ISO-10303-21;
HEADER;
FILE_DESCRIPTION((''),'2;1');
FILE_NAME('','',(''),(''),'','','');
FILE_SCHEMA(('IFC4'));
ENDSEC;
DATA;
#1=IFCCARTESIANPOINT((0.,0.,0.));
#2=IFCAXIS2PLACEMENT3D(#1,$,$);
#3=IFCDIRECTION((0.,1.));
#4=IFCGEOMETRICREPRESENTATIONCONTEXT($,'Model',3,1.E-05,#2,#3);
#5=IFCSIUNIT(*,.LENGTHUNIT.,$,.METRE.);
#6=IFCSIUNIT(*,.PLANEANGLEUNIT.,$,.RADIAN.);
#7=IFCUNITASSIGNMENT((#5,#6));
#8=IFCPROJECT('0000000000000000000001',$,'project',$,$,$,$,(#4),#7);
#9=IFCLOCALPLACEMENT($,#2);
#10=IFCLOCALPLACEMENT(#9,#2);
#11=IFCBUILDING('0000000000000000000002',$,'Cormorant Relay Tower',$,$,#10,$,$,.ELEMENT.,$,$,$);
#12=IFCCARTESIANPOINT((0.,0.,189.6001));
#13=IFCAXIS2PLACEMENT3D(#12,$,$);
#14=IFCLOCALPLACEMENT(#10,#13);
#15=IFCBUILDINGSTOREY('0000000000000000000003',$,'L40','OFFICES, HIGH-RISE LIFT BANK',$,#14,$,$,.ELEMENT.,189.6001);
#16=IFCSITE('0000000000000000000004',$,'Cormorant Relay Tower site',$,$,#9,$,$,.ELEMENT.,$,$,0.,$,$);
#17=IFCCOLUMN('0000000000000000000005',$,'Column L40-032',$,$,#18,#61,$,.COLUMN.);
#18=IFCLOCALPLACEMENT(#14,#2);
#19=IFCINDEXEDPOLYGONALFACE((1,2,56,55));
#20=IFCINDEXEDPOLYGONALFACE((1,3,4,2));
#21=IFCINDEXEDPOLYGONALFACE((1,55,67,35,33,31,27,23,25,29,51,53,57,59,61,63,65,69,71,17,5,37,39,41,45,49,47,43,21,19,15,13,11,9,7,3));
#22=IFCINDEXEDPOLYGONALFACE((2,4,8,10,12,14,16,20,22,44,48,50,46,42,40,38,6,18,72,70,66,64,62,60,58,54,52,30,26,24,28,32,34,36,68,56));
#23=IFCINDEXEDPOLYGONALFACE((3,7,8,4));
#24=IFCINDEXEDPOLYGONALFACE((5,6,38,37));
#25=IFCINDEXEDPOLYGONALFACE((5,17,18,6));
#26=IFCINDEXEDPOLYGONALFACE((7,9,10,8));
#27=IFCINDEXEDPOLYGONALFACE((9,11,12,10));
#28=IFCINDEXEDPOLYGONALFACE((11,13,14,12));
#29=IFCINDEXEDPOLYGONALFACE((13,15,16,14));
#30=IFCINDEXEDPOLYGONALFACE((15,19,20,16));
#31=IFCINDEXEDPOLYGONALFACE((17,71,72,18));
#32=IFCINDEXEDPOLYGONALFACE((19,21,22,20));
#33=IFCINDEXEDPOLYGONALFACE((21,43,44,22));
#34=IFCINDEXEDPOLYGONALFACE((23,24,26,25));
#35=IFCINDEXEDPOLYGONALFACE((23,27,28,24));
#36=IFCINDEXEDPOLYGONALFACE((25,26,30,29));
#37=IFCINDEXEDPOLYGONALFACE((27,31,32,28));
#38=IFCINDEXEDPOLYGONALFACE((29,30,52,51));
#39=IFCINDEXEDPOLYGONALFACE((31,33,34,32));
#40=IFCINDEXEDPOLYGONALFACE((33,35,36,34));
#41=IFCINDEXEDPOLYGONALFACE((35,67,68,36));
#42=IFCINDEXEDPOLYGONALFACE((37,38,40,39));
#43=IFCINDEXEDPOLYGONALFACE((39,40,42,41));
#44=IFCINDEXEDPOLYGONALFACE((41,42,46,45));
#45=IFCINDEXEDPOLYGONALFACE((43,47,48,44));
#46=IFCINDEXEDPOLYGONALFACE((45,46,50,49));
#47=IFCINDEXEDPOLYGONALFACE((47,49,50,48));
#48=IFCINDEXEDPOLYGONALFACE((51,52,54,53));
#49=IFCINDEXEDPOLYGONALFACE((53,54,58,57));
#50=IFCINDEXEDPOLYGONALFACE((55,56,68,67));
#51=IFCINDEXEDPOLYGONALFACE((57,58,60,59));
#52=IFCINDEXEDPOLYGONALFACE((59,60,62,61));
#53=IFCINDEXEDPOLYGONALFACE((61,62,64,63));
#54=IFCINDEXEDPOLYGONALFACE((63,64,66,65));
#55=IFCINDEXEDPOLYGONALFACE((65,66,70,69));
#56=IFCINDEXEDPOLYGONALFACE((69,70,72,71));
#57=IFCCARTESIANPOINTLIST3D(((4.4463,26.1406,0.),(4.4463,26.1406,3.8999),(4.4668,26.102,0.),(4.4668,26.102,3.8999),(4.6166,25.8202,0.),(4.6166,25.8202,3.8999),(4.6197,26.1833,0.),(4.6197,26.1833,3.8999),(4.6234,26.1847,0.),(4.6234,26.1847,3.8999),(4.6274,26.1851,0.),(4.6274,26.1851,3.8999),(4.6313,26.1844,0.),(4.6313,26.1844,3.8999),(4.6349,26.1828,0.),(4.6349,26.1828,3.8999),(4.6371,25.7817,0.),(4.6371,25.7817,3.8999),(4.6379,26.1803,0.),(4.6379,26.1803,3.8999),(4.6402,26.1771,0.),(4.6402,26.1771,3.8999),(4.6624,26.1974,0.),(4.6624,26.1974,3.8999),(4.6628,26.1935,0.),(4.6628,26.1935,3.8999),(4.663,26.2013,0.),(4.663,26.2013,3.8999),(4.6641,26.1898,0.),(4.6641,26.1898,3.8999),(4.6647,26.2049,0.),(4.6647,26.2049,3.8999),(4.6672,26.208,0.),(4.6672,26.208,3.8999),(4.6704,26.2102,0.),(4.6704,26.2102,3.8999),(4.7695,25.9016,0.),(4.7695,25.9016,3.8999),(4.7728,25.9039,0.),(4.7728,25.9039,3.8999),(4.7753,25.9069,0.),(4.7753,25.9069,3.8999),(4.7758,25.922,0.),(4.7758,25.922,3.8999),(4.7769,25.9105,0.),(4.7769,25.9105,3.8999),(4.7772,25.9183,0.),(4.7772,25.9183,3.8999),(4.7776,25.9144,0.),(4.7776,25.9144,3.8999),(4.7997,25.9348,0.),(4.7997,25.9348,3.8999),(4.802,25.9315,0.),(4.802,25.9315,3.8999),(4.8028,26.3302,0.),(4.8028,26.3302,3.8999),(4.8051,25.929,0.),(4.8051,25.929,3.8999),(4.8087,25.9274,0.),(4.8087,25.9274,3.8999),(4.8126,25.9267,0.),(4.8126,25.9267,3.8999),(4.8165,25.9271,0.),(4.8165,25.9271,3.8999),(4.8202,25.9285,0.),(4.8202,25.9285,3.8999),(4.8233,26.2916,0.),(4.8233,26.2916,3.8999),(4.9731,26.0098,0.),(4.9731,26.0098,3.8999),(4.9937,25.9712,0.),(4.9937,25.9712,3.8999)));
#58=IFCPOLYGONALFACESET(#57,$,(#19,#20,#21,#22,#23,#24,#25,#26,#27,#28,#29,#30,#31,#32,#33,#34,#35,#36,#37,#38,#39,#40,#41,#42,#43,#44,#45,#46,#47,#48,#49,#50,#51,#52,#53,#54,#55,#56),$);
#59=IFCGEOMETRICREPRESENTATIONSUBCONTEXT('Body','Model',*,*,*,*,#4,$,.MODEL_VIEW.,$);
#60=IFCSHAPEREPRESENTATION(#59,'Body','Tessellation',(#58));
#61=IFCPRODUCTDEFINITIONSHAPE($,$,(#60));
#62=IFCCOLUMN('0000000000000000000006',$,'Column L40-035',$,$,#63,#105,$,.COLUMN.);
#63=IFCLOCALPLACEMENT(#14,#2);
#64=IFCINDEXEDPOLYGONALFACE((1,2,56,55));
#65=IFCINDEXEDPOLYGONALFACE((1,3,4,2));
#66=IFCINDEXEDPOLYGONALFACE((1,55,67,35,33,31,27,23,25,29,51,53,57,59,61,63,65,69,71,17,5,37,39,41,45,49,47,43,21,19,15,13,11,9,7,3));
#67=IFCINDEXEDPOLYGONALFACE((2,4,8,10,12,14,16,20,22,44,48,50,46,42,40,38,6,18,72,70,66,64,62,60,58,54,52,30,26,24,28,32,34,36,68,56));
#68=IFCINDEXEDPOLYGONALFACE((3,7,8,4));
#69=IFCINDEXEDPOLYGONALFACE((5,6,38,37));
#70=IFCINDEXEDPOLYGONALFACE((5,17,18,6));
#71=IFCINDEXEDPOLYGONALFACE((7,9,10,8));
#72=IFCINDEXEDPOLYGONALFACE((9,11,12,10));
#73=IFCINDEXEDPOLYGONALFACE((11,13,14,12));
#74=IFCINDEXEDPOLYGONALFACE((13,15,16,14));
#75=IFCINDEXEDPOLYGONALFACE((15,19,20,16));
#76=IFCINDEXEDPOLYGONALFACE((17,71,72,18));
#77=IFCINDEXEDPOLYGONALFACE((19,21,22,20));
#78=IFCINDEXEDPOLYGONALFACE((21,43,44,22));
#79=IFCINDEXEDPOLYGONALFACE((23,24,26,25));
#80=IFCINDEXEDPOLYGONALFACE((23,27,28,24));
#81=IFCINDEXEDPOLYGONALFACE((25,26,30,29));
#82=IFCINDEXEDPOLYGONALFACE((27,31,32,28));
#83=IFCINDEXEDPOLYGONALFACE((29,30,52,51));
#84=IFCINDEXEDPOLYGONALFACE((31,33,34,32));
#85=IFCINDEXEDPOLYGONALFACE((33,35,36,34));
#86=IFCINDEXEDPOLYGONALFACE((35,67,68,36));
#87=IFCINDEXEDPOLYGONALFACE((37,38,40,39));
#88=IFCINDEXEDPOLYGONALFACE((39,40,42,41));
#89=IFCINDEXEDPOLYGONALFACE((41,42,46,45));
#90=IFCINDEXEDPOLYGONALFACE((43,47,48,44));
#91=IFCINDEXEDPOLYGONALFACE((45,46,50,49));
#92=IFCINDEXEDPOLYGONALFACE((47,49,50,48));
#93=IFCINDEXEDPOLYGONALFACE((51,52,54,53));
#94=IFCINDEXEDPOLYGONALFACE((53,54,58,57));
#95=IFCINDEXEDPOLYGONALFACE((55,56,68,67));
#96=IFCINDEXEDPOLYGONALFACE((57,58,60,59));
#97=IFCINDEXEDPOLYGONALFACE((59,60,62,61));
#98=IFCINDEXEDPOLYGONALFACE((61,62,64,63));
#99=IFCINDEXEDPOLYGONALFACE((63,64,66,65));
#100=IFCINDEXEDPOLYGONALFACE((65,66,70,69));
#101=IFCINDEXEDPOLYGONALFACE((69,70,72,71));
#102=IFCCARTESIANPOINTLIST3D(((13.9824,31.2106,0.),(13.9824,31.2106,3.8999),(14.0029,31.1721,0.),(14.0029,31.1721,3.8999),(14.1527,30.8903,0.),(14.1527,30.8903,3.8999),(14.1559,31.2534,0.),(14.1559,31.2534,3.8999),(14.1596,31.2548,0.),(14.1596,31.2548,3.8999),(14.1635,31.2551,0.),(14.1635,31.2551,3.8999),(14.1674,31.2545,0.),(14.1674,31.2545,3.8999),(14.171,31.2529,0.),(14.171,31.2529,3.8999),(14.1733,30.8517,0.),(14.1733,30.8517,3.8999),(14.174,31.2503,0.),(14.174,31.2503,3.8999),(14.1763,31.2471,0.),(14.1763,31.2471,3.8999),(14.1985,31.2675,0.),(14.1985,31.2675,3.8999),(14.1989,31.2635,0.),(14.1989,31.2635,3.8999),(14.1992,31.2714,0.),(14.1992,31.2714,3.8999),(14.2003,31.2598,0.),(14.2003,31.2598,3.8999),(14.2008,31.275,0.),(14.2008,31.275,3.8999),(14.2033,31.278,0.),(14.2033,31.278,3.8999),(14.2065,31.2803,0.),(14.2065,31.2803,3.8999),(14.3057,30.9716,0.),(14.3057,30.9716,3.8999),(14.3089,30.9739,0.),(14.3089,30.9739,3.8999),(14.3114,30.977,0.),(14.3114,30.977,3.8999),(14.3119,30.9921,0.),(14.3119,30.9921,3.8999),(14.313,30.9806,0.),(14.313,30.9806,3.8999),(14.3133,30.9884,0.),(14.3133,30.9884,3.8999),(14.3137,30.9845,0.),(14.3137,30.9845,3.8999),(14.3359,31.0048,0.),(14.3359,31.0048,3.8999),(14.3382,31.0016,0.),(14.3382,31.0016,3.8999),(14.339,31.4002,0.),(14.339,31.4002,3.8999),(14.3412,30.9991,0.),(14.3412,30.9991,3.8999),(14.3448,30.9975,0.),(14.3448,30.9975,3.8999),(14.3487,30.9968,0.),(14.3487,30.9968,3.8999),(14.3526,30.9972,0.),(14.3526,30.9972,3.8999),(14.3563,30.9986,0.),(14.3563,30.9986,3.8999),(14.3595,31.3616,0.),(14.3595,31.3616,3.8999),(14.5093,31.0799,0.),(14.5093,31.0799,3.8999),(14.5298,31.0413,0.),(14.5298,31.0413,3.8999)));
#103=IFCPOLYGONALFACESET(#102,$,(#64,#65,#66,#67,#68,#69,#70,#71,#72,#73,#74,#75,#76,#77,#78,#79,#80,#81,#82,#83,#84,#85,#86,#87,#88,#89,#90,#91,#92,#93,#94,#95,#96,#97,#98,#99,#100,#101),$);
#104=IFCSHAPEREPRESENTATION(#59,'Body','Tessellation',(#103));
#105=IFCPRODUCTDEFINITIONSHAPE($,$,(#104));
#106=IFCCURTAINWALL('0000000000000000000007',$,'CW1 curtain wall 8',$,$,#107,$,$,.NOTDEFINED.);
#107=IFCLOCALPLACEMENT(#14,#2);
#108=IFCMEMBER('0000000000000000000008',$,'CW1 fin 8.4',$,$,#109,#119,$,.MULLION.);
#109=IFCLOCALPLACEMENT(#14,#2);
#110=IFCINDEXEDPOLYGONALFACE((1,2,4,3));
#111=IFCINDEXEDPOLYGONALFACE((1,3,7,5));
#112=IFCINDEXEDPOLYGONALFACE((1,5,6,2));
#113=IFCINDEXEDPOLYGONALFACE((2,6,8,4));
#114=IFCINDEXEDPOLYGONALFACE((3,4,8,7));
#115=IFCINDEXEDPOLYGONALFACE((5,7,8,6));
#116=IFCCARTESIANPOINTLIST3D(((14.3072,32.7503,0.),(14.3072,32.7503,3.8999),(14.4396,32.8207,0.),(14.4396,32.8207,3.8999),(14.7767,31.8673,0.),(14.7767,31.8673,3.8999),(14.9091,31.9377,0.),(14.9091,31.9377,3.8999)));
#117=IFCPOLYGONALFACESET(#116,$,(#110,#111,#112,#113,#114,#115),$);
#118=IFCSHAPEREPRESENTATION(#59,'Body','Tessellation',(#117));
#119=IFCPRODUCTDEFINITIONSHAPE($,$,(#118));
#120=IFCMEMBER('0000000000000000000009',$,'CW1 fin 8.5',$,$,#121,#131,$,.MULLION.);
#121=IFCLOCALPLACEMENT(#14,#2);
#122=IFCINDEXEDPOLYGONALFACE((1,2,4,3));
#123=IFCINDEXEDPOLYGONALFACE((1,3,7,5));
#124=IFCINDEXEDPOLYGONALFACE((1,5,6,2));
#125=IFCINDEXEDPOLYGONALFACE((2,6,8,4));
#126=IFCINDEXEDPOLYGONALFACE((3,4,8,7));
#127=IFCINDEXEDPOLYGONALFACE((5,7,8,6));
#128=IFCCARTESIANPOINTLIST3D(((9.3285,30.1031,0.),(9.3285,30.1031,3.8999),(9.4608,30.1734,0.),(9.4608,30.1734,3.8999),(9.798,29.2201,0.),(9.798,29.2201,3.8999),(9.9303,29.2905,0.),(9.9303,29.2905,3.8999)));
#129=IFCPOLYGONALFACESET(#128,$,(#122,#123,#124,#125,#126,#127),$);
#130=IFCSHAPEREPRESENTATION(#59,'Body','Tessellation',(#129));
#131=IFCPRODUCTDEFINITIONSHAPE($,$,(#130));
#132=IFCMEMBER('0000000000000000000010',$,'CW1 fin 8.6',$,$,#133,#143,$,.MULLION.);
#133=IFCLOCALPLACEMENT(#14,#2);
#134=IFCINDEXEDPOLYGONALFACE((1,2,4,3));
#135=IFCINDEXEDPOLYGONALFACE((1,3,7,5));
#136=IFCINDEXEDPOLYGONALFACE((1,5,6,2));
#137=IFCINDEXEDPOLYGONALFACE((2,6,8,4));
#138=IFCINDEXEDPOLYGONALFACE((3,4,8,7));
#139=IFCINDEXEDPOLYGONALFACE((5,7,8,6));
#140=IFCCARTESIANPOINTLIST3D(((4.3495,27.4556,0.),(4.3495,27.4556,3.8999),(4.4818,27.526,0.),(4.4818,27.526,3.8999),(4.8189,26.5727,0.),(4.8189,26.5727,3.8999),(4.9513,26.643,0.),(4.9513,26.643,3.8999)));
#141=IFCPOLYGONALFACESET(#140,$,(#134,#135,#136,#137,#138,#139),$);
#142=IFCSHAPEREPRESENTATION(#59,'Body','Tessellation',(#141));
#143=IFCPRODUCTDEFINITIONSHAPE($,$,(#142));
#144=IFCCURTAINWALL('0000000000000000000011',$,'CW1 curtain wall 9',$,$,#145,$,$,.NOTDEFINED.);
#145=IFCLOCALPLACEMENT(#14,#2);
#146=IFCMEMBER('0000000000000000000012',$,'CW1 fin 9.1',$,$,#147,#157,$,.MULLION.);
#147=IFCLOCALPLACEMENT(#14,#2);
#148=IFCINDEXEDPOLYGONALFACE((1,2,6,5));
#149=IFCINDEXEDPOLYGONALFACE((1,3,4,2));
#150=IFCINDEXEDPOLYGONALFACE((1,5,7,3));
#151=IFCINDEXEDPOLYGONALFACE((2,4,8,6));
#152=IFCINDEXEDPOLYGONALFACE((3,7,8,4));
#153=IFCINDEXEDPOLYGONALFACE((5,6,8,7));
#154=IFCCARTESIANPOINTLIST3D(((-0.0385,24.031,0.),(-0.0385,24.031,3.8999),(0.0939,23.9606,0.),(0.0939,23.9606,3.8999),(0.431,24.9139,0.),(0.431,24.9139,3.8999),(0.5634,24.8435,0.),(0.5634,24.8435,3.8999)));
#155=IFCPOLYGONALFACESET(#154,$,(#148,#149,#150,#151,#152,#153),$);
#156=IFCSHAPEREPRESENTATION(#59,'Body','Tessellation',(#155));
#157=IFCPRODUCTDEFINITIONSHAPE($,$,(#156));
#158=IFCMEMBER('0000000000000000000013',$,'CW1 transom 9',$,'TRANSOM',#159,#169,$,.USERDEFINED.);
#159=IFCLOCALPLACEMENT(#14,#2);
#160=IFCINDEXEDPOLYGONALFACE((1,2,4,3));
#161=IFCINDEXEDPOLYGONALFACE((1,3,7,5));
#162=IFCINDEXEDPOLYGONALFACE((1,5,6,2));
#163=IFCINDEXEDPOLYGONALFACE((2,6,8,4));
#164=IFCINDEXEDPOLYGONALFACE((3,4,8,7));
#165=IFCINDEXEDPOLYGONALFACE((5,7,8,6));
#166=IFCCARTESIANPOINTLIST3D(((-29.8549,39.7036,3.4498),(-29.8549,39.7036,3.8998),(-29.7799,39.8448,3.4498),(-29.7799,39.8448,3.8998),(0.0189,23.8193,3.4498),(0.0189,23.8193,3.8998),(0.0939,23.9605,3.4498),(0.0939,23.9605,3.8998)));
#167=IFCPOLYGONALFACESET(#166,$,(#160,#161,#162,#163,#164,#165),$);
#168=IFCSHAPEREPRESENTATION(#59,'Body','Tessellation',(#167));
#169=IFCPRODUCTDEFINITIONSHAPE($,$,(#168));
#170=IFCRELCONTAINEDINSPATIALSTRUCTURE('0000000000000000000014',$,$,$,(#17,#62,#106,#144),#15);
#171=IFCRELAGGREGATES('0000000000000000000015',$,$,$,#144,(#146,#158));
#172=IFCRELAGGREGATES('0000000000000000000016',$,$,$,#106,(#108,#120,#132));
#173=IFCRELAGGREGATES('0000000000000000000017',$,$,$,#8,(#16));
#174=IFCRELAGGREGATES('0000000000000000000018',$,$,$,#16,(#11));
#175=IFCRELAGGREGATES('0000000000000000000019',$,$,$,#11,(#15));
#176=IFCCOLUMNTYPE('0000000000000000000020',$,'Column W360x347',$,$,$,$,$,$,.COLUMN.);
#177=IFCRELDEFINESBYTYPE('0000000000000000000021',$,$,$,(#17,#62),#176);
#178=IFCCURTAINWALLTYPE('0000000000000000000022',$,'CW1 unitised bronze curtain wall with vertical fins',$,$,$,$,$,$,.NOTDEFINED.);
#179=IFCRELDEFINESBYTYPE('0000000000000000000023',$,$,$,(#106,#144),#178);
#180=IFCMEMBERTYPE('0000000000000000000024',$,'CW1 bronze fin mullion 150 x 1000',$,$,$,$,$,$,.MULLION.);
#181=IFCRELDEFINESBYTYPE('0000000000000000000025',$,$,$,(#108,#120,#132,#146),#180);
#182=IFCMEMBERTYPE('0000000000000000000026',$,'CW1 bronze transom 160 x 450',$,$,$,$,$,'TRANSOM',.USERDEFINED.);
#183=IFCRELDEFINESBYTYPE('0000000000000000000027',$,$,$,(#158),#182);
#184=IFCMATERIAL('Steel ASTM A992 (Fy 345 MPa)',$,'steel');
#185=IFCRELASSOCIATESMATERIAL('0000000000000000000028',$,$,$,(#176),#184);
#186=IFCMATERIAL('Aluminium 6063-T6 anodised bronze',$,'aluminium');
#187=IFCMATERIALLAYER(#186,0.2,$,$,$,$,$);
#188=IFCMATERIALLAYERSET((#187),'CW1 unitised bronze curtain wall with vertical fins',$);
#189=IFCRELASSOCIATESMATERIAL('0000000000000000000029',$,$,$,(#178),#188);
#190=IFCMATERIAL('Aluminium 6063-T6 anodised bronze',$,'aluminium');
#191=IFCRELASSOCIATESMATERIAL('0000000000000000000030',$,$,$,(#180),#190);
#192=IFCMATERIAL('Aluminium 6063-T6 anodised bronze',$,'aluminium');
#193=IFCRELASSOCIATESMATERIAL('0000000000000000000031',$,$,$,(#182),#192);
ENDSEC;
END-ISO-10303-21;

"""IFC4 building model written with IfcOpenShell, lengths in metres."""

from ifc_helpers import new_model, si_unit, direction, frame, origin, origin_2d, place, context, subcontext, project, spatial, rectangle, i_section, extrude, material, layer, layer_set, material_profile, profile_set, type_object, element, aggregate, save


model = new_model("IFC4")

# Units and contexts
model_context = context("Model", 3, precision=1e-05, world=origin(), true_north=direction((0.0, 1.0)))
body_context = subcontext(model_context, "Body", "Model", "MODEL_VIEW")
ifc_project = project(units=[si_unit("LENGTHUNIT", "METRE"), si_unit("PLANEANGLEUNIT", "RADIAN")], contexts=[model_context])

# Site, building, storey
site_placement = place(None, origin())
site = spatial("IfcSite", under=ifc_project, at=site_placement, Name="Cormorant Relay Tower site", CompositionType="ELEMENT", RefElevation=0.0)
building_placement = place(site_placement, origin())
building = spatial("IfcBuilding", under=site, at=building_placement, Name="Cormorant Relay Tower", CompositionType="ELEMENT")
storey_placement = place(building_placement, frame((0.0, 0.0, 189.6001)))
storey = spatial("IfcBuildingStorey", under=building, at=storey_placement, Name="L40", Description="OFFICES, HIGH-RISE LIFT BANK", CompositionType="ELEMENT", Elevation=189.6001)

# Columns
ifc_material_1 = material(Name="Steel ASTM A992 (Fy 345 MPa)", Category="steel")
ifc_material_profile_1 = material_profile(ifc_material_1, i_section(OverallWidth=0.4038, OverallDepth=0.4065, WebThickness=0.0271, FlangeThickness=0.0437, FilletRadius=0.0151, at=origin_2d()), Name="W360x347")
ifc_profile_set_1 = profile_set([ifc_material_profile_1], Name="Steel ASTM A992 (Fy 345 MPa)")
column_type = type_object("IfcColumnType", Name="Column W360x347", PredefinedType="COLUMN", material=ifc_profile_set_1)
for number, where, z_axis, x_axis, name in (
    (1, (4.72, 26.0559, 0.0), (0.0, 0.0, 1.0), (-0.882948, -0.469472, 0.0), "Column L40-032"),
    (2, (14.2561, 31.126, 0.0), (0.0, 0.0, 1.0), (-0.882948, -0.469472, 0.0), "Column L40-035"),
):
    element("IfcColumn", number, at=place(storey_placement, frame(where, z_axis=z_axis, x_axis=x_axis)), inside=storey, type_object=column_type, Name=name, PredefinedType="COLUMN", context=body_context, shape_type="SweptSolid", body=[
        extrude(i_section(OverallWidth=0.4038, OverallDepth=0.4065, WebThickness=0.0271, FlangeThickness=0.0437, FilletRadius=0.0151, at=origin_2d()), origin(), (0.0, 0.0, 1.0), 3.8999),
    ])

# Curtain walls, members
ifc_material_2 = material(Name="Aluminium 6063-T6 anodised bronze", Category="aluminium")
ifc_layer_1 = layer(ifc_material_2, 0.2)
ifc_layer_set_1 = layer_set([ifc_layer_1], Name="CW1 unitised bronze curtain wall with vertical fins")
curtain_wall_type = type_object("IfcCurtainWallType", Name="CW1 unitised bronze curtain wall with vertical fins", PredefinedType="NOTDEFINED", material=ifc_layer_set_1)
curtain_wall_1_placement = place(storey_placement, origin())
curtain_wall_1 = element("IfcCurtainWall", 3, at=curtain_wall_1_placement, inside=storey, type_object=curtain_wall_type, Name="CW1 curtain wall 8", PredefinedType="NOTDEFINED")
ifc_material_3 = material(Name="Aluminium 6063-T6 anodised bronze", Category="aluminium")
ifc_material_profile_2 = material_profile(ifc_material_3, rectangle(XDim=0.1499, YDim=1.0, at=origin_2d()), Name="AL 150x1000")
ifc_profile_set_2 = profile_set([ifc_material_profile_2], Name="Aluminium 6063-T6 anodised bronze")
member_type_1 = type_object("IfcMemberType", Name="CW1 bronze fin mullion 150 x 1000", PredefinedType="MULLION", material=ifc_profile_set_2)
member_1_placement = place(storey_placement, frame((14.6082, 32.344, 0.0), z_axis=(0.0, 0.0, 1.0), x_axis=(-0.882948, -0.469472, 0.0)))
member_1 = element("IfcMember", 4, at=member_1_placement, type_object=member_type_1, Name="CW1 fin 8.4", PredefinedType="MULLION", context=body_context, shape_type="SweptSolid", body=[
    extrude(rectangle(XDim=0.1499, YDim=1.0, at=origin_2d()), origin(), (0.0, 0.0, 1.0), 3.8999),
])
member_2_placement = place(storey_placement, frame((9.6294, 29.6968, 0.0), z_axis=(0.0, 0.0, 1.0), x_axis=(-0.882948, -0.469472, 0.0)))
member_2 = element("IfcMember", 5, at=member_2_placement, type_object=member_type_1, Name="CW1 fin 8.5", PredefinedType="MULLION", context=body_context, shape_type="SweptSolid", body=[
    extrude(rectangle(XDim=0.1499, YDim=1.0, at=origin_2d()), origin(), (0.0, 0.0, 1.0), 3.8999),
])
member_3_placement = place(storey_placement, frame((4.6504, 27.0493, 0.0), z_axis=(0.0, 0.0, 1.0), x_axis=(-0.882948, -0.469472, 0.0)))
member_3 = element("IfcMember", 6, at=member_3_placement, type_object=member_type_1, Name="CW1 fin 8.6", PredefinedType="MULLION", context=body_context, shape_type="SweptSolid", body=[
    extrude(rectangle(XDim=0.1499, YDim=1.0, at=origin_2d()), origin(), (0.0, 0.0, 1.0), 3.8999),
])
curtain_wall_2_placement = place(storey_placement, origin())
curtain_wall_2 = element("IfcCurtainWall", 7, at=curtain_wall_2_placement, inside=storey, type_object=curtain_wall_type, Name="CW1 curtain wall 9", PredefinedType="NOTDEFINED")
member_4_placement = place(storey_placement, frame((0.2625, 24.4373, 0.0), z_axis=(0.0, 0.0, 1.0), x_axis=(-0.882948, 0.469472, 0.0)))
member_4 = element("IfcMember", 8, at=member_4_placement, type_object=member_type_1, Name="CW1 fin 9.1", PredefinedType="MULLION", context=body_context, shape_type="SweptSolid", body=[
    extrude(rectangle(XDim=0.1499, YDim=1.0, at=origin_2d()), origin(), (0.0, 0.0, 1.0), 3.8999),
])
ifc_material_4 = material(Name="Aluminium 6063-T6 anodised bronze", Category="aluminium")
ifc_material_profile_3 = material_profile(ifc_material_4, rectangle(XDim=0.1599, YDim=0.45, at=origin_2d()), Name="AL 160x450")
ifc_profile_set_3 = profile_set([ifc_material_profile_3], Name="Aluminium 6063-T6 anodised bronze")
member_type_2 = type_object("IfcMemberType", Name="CW1 bronze transom 160 x 450", ElementType="TRANSOM", PredefinedType="USERDEFINED", material=ifc_profile_set_3)
member_5_placement = place(storey_placement, frame((0.0564, 23.8899, 3.6748), z_axis=(-0.882946, 0.469474, 0.0), x_axis=(-0.469474, -0.882946, 0.0)))
member_5 = element("IfcMember", 9, at=member_5_placement, type_object=member_type_2, Name="CW1 transom 9", ObjectType="TRANSOM", PredefinedType="USERDEFINED", context=body_context, shape_type="SweptSolid", body=[
    extrude(rectangle(XDim=0.1599, YDim=0.45, at=origin_2d()), origin(), (0.0, 0.0, 1.0), 33.8342),
])
aggregate(curtain_wall_2, [member_4, member_5])

aggregate(curtain_wall_1, [member_1, member_2, member_3])

save(model, "model.ifc")
